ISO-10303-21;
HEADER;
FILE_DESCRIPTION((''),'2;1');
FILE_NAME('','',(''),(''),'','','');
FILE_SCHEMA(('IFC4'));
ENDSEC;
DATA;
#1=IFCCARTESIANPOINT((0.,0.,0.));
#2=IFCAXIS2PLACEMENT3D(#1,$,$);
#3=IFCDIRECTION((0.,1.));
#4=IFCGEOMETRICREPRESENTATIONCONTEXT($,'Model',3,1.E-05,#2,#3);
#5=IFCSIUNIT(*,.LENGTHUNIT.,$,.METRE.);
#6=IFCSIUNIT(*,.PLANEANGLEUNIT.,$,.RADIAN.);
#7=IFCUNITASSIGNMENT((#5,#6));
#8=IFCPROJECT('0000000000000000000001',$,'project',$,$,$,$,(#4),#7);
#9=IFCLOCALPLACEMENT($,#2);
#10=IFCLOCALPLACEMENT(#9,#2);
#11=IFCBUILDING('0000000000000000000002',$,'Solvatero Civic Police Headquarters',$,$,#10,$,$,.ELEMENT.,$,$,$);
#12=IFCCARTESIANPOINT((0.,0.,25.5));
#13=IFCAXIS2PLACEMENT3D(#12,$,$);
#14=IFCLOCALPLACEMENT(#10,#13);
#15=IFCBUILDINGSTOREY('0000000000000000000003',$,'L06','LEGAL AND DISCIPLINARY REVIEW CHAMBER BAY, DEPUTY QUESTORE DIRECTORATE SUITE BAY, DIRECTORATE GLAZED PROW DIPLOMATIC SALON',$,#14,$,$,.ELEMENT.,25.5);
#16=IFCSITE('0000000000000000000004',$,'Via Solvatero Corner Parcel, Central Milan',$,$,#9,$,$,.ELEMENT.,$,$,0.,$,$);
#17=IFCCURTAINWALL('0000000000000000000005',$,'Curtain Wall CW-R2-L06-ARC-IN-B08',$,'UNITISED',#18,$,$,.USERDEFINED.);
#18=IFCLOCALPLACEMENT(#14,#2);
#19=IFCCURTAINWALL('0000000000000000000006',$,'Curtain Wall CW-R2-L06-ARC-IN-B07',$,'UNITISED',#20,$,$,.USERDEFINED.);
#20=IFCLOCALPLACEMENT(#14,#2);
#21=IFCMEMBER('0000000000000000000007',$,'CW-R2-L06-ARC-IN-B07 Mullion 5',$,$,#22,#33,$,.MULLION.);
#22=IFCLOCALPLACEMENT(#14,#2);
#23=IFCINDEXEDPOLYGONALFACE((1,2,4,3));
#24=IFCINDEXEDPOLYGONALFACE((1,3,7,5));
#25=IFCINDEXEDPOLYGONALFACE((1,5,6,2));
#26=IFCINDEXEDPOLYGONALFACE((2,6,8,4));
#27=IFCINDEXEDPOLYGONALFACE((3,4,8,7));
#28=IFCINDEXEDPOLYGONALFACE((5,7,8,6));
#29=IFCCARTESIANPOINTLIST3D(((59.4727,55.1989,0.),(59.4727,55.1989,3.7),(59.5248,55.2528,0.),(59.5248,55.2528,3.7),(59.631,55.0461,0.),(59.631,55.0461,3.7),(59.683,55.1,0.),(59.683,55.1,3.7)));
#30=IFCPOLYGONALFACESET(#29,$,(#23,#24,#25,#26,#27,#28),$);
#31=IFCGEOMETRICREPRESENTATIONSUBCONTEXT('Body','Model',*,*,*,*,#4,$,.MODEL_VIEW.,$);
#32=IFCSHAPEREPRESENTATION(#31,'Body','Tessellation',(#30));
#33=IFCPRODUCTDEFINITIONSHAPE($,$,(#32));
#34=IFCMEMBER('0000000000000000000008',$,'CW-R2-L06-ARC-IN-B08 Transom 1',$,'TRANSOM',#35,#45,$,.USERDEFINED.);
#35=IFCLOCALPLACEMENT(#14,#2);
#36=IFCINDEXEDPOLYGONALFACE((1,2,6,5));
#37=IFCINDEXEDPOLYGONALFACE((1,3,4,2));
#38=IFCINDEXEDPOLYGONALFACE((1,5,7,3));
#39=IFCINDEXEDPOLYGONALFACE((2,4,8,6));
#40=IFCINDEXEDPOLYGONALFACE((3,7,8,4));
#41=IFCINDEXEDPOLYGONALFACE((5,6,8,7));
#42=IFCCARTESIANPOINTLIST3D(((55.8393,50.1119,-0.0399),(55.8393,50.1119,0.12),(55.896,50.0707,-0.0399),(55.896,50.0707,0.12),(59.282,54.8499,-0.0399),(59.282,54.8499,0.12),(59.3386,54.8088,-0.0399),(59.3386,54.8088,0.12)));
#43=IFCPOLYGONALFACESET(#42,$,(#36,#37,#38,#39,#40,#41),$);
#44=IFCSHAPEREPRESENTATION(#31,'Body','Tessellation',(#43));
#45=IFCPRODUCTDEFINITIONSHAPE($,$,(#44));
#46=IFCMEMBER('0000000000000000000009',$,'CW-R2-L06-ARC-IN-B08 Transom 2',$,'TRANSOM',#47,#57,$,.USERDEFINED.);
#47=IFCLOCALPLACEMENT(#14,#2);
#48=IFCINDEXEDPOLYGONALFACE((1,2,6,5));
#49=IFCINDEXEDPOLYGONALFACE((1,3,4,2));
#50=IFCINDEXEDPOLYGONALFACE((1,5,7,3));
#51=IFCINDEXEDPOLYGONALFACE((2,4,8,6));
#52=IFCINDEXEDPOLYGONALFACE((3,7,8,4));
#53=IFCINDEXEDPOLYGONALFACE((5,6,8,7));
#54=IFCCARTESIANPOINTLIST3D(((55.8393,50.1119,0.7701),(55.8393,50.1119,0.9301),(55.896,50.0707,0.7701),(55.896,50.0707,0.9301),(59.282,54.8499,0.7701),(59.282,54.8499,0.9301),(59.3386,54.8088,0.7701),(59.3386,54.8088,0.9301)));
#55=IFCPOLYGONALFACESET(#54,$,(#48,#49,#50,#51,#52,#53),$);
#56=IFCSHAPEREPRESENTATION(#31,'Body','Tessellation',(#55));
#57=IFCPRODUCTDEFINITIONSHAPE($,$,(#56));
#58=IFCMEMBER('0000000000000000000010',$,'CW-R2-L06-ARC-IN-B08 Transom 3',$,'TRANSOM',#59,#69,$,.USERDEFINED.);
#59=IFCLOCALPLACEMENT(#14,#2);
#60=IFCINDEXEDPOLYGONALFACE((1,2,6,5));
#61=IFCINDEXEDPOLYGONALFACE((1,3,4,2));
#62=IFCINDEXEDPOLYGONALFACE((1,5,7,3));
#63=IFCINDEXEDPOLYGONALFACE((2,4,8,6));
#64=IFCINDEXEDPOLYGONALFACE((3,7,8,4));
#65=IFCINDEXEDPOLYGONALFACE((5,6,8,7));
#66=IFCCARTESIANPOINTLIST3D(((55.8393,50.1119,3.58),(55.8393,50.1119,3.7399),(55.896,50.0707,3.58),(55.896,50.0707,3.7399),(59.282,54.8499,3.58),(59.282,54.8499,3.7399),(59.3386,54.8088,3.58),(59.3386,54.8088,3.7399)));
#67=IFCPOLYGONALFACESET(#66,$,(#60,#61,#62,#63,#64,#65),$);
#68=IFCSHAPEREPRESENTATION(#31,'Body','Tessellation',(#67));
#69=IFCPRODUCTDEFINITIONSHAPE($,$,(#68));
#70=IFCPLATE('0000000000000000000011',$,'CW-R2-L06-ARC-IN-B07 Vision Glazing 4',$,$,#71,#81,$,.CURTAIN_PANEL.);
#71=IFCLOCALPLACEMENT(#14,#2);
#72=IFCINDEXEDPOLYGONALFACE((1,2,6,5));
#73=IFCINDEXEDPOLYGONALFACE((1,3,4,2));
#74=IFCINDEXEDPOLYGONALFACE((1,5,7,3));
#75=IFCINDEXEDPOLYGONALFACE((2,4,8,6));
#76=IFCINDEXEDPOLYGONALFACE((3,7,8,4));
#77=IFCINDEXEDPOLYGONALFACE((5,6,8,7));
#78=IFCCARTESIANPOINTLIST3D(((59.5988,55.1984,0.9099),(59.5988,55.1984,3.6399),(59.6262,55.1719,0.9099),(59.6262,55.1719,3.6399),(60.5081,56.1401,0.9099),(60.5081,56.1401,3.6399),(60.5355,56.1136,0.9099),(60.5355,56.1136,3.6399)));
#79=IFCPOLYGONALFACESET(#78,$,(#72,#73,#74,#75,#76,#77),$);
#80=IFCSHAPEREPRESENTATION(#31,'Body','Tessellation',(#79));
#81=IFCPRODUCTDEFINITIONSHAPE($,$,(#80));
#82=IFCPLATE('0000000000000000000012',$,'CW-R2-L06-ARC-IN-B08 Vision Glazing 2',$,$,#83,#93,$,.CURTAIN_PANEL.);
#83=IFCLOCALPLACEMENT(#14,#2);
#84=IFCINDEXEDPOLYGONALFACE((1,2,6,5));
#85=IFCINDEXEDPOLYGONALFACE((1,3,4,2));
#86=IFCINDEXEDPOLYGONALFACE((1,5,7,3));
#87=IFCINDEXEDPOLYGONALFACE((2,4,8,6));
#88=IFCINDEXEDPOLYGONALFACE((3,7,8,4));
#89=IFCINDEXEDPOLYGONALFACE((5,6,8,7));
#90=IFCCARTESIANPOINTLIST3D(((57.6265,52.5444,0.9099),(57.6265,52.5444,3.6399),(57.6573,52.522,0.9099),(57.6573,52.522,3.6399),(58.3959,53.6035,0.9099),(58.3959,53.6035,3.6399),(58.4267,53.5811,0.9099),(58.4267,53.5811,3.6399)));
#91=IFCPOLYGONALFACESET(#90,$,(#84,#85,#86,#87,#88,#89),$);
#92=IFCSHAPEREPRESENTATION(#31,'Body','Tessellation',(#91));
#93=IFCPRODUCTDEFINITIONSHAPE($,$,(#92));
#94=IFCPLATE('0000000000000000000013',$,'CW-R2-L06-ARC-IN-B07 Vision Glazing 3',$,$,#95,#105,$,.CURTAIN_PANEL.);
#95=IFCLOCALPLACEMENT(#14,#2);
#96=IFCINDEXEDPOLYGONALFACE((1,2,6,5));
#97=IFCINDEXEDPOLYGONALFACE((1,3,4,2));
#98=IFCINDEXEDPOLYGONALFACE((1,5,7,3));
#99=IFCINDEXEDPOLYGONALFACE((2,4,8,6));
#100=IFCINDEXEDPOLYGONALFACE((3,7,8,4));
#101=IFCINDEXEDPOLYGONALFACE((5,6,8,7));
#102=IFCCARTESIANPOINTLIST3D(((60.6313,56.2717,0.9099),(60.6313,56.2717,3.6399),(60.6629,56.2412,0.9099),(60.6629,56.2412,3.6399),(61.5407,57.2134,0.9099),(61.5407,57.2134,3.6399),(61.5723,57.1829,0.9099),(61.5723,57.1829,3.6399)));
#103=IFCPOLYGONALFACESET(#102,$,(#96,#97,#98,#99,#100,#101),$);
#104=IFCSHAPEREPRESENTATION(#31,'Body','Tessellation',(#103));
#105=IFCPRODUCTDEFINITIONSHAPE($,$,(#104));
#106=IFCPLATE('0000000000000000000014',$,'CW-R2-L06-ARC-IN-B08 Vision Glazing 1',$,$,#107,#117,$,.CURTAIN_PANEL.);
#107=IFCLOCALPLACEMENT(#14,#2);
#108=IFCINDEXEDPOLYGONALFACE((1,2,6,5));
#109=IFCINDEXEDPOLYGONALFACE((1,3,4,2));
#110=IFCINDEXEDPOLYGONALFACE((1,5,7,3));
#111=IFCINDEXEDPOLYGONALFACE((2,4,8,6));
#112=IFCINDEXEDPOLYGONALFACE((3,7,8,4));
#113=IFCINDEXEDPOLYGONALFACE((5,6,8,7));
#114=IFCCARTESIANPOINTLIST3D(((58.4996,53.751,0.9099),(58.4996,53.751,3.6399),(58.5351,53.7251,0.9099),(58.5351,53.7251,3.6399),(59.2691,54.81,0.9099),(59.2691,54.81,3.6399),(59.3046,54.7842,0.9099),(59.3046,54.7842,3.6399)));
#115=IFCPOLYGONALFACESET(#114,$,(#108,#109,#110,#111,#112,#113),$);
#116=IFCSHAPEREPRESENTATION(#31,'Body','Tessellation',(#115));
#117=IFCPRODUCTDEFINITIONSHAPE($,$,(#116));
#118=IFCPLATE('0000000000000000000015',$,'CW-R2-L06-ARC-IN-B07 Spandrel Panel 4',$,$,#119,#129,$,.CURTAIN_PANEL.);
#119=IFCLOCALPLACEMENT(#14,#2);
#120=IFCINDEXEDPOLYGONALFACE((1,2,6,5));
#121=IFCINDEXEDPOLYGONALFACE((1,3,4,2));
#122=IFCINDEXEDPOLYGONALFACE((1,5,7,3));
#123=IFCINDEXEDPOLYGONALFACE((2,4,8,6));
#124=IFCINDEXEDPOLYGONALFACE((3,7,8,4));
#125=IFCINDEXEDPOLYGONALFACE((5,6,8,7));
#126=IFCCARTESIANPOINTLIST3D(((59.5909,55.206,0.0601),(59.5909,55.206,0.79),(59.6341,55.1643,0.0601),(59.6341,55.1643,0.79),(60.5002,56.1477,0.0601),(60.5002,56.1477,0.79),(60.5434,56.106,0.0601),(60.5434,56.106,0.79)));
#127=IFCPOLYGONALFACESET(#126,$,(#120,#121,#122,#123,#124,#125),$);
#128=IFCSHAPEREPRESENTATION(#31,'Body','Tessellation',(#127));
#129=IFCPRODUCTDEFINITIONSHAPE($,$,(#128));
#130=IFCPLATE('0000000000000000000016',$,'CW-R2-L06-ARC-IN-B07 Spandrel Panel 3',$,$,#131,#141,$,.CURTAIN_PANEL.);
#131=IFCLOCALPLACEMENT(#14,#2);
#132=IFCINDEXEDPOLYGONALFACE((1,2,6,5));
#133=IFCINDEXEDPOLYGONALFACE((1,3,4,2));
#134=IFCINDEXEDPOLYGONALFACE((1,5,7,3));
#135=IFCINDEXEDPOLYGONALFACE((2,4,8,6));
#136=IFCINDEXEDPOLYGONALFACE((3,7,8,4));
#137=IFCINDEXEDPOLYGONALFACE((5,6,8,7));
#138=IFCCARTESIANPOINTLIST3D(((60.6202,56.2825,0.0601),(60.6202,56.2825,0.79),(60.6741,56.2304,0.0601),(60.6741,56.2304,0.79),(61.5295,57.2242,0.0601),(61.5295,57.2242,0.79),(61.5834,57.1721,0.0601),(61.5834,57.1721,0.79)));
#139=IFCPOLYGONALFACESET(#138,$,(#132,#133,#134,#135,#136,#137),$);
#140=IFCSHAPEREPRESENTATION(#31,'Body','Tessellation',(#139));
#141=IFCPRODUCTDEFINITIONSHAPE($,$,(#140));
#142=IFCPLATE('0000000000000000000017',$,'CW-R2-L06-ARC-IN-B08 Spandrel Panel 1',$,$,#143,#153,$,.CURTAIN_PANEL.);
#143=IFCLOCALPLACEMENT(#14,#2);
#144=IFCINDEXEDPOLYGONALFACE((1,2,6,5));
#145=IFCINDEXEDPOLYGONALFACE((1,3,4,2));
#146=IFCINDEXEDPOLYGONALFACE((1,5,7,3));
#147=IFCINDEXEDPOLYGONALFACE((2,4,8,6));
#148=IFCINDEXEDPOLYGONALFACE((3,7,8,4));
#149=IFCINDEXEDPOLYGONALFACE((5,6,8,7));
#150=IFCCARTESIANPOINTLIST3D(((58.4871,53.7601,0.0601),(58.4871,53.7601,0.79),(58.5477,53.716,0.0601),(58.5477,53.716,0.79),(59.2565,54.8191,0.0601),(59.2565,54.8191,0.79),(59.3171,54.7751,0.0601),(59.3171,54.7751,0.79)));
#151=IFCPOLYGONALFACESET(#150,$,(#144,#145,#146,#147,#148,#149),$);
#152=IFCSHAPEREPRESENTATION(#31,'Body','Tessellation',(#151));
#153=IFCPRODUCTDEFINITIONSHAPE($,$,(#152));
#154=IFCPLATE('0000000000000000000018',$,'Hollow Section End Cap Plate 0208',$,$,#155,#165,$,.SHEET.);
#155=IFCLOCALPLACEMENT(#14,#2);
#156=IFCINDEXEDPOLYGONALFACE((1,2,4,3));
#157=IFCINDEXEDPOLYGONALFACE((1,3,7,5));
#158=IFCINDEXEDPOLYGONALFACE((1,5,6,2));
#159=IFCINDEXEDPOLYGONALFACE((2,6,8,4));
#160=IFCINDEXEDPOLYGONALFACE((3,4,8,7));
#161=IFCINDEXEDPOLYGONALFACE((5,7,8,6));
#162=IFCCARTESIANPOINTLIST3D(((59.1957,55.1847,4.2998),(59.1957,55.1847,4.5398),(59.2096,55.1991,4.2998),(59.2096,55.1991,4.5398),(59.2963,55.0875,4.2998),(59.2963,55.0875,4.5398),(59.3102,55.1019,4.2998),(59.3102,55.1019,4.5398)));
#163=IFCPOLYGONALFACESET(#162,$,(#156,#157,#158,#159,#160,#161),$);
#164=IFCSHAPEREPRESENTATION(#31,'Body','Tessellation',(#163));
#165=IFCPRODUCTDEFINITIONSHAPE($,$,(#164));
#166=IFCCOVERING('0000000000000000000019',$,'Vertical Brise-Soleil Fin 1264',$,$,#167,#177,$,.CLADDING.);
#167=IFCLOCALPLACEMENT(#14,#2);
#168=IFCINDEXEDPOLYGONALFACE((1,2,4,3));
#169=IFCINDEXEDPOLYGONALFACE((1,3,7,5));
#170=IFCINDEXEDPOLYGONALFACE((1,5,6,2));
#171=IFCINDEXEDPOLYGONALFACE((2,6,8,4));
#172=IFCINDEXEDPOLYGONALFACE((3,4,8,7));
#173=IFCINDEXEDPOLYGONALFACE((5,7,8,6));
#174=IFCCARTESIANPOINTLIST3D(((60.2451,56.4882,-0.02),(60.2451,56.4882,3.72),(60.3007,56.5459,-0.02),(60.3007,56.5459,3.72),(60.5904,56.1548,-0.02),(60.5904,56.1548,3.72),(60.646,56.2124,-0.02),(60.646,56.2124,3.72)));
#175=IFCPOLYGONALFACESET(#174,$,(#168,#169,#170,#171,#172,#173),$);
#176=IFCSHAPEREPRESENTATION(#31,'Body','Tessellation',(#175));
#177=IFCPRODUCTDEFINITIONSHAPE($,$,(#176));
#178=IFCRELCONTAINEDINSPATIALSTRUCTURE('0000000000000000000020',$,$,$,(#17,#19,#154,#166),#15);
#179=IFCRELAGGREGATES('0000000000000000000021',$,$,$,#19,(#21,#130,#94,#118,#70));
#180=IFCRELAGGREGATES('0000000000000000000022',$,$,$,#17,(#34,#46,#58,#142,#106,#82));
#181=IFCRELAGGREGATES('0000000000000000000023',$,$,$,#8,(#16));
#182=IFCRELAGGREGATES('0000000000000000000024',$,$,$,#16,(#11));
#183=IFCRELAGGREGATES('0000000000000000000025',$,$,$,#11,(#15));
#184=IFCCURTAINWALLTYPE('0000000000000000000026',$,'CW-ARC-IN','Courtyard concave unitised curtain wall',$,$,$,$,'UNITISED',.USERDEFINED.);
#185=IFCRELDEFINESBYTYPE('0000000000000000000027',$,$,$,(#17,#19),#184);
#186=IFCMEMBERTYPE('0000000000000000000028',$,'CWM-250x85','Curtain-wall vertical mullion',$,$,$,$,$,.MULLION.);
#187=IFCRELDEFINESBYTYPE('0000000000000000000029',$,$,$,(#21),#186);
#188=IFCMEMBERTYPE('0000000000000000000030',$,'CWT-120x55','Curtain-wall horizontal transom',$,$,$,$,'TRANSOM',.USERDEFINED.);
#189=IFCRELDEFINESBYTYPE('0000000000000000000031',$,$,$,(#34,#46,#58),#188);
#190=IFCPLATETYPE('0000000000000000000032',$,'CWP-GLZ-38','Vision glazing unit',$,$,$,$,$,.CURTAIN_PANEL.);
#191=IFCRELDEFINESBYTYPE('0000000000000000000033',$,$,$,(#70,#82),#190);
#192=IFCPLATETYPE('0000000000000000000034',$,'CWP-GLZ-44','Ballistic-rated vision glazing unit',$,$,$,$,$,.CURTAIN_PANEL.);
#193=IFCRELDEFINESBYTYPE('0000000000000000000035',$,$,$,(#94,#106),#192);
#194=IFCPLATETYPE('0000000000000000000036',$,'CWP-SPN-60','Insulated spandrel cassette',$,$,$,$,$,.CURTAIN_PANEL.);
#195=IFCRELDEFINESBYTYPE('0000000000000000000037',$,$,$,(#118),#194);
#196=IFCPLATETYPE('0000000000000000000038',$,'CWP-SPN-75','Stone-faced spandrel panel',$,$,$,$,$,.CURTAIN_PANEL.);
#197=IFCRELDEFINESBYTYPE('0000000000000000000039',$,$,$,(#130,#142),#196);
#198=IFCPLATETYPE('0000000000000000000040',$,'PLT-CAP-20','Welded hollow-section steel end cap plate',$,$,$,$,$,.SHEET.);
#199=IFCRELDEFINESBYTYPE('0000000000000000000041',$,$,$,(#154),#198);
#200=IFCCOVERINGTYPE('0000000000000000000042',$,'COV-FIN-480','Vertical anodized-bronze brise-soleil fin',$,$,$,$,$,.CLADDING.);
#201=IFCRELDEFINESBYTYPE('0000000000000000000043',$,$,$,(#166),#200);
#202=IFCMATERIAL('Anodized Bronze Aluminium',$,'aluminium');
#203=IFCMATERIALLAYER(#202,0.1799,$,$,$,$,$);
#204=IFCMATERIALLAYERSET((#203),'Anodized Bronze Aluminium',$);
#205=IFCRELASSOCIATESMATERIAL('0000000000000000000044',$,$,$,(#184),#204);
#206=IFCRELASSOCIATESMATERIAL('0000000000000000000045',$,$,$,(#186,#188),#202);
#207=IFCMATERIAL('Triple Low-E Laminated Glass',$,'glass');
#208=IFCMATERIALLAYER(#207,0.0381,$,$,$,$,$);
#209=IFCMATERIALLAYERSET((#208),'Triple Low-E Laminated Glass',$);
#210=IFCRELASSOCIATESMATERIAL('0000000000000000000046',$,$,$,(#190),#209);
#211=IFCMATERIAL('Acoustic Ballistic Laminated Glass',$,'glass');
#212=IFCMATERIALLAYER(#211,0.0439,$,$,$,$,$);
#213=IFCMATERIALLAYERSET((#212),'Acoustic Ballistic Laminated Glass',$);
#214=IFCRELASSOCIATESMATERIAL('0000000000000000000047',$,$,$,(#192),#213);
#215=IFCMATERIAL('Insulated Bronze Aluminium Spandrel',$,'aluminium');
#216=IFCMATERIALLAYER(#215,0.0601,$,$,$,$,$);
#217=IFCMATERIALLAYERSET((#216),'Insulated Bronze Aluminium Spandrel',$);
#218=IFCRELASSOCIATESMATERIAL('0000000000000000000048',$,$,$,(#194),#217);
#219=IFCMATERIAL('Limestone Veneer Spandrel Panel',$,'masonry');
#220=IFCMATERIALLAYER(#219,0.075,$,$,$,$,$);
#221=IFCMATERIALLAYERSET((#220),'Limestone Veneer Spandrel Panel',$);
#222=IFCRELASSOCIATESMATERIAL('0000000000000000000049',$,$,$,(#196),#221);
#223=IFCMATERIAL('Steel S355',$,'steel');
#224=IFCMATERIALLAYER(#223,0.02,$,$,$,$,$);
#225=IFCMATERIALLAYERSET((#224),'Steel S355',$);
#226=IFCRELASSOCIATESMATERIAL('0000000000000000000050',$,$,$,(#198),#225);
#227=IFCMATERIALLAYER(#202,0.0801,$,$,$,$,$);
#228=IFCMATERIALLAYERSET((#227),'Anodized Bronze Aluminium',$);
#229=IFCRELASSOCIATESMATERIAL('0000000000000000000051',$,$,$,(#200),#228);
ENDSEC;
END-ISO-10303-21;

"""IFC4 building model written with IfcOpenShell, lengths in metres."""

from ifc_helpers import new_model, si_unit, direction, frame, origin, origin_2d, place, context, subcontext, project, spatial, rectangle, extrude, material, layer, layer_set, material_profile, profile_set, type_object, element, aggregate, save


model = new_model("IFC4")

# Units and contexts
model_context = context("Model", 3, precision=1e-05, world=origin(), true_north=direction((0.0, 1.0)))
body_context = subcontext(model_context, "Body", "Model", "MODEL_VIEW")
ifc_project = project(units=[si_unit("LENGTHUNIT", "METRE"), si_unit("PLANEANGLEUNIT", "RADIAN")], contexts=[model_context])

# Site, building, storey
site_placement = place(None, origin())
site = spatial("IfcSite", under=ifc_project, at=site_placement, Name="Via Solvatero Corner Parcel, Central Milan", CompositionType="ELEMENT", RefElevation=0.0)
building_placement = place(site_placement, origin())
building = spatial("IfcBuilding", under=site, at=building_placement, Name="Solvatero Civic Police Headquarters", CompositionType="ELEMENT")
storey_placement = place(building_placement, frame((0.0, 0.0, 25.5)))
storey = spatial("IfcBuildingStorey", under=building, at=storey_placement, Name="L06", Description="LEGAL AND DISCIPLINARY REVIEW CHAMBER BAY, DEPUTY QUESTORE DIRECTORATE SUITE BAY, DIRECTORATE GLAZED PROW DIPLOMATIC SALON", CompositionType="ELEMENT", Elevation=25.5)

# Shared definitions
ifc_material_1 = material(Name="Steel S355", Category="steel")

# Curtain walls, member
ifc_material_2 = material(Name="Anodized Bronze Aluminium", Category="aluminium")
ifc_layer_1 = layer(ifc_material_2, 0.1799)
ifc_layer_set_1 = layer_set([ifc_layer_1], Name="Anodized Bronze Aluminium")
curtain_wall_type = type_object("IfcCurtainWallType", Name="CW-ARC-IN", Description="Courtyard concave unitised curtain wall", ElementType="UNITISED", PredefinedType="USERDEFINED", material=ifc_layer_set_1)
curtain_wall_1_placement = place(storey_placement, origin())
curtain_wall_1 = element("IfcCurtainWall", 1, at=curtain_wall_1_placement, inside=storey, type_object=curtain_wall_type, Name="Curtain Wall CW-R2-L06-ARC-IN-B08", ObjectType="UNITISED", PredefinedType="USERDEFINED")
curtain_wall_2_placement = place(storey_placement, origin())
curtain_wall_2 = element("IfcCurtainWall", 2, at=curtain_wall_2_placement, inside=storey, type_object=curtain_wall_type, Name="Curtain Wall CW-R2-L06-ARC-IN-B07", ObjectType="UNITISED", PredefinedType="USERDEFINED")
ifc_material_profile_1 = material_profile(ifc_material_2, rectangle(XDim=0.075, YDim=0.22, at=origin_2d()), Name="ALU MULLION 75x220")
ifc_profile_set_1 = profile_set([ifc_material_profile_1], Name="Anodized Bronze Aluminium")
member_type_1 = type_object("IfcMemberType", Name="CWM-250x85", Description="Curtain-wall vertical mullion", PredefinedType="MULLION", material=ifc_profile_set_1)
member_1_placement = place(storey_placement, frame((59.5779, 55.1494, 0.0), z_axis=(0.0, 0.0, 1.0), x_axis=(-0.694646, -0.719352, 0.0)))
member_1 = element("IfcMember", 3, at=member_1_placement, type_object=member_type_1, Name="CW-R2-L06-ARC-IN-B07 Mullion 5", PredefinedType="MULLION", context=body_context, shape_type="SweptSolid", body=[
    extrude(rectangle(XDim=0.075, YDim=0.22, at=origin_2d()), origin(), (0.0, 0.0, 1.0), 3.7),
])

# Members
ifc_material_profile_2 = material_profile(ifc_material_2, rectangle(XDim=0.0701, YDim=0.1599, at=origin_2d()), Name="ALU TRANSOM 70x160")
ifc_profile_set_2 = profile_set([ifc_material_profile_2], Name="Anodized Bronze Aluminium")
member_type_2 = type_object("IfcMemberType", Name="CWT-120x55", Description="Curtain-wall horizontal transom", ElementType="TRANSOM", PredefinedType="USERDEFINED", material=ifc_profile_set_2)
member_2_placement = place(storey_placement, frame((59.3103, 54.8293, 0.04), z_axis=(-0.587812, -0.808997, 0.0), x_axis=(0.808997, -0.587812, 0.0)))
member_2 = element("IfcMember", 4, at=member_2_placement, type_object=member_type_2, Name="CW-R2-L06-ARC-IN-B08 Transom 1", ObjectType="TRANSOM", PredefinedType="USERDEFINED", context=body_context, shape_type="SweptSolid", body=[
    extrude(rectangle(XDim=0.0701, YDim=0.1599, at=origin_2d()), origin(), (0.0, 0.0, 1.0), 5.8567),
])
member_3_placement = place(storey_placement, frame((59.3103, 54.8293, 0.8501), z_axis=(-0.587812, -0.808997, 0.0), x_axis=(0.808997, -0.587812, 0.0)))
member_3 = element("IfcMember", 5, at=member_3_placement, type_object=member_type_2, Name="CW-R2-L06-ARC-IN-B08 Transom 2", ObjectType="TRANSOM", PredefinedType="USERDEFINED", context=body_context, shape_type="SweptSolid", body=[
    extrude(rectangle(XDim=0.0701, YDim=0.1599, at=origin_2d()), origin(), (0.0, 0.0, 1.0), 5.8567),
])
member_4_placement = place(storey_placement, frame((59.3103, 54.8293, 3.6599), z_axis=(-0.587812, -0.808997, 0.0), x_axis=(0.808997, -0.587812, 0.0)))
member_4 = element("IfcMember", 6, at=member_4_placement, type_object=member_type_2, Name="CW-R2-L06-ARC-IN-B08 Transom 3", ObjectType="TRANSOM", PredefinedType="USERDEFINED", context=body_context, shape_type="SweptSolid", body=[
    extrude(rectangle(XDim=0.0701, YDim=0.1599, at=origin_2d()), origin(), (0.0, 0.0, 1.0), 5.8567),
])

# Plates
ifc_material_3 = material(Name="Triple Low-E Laminated Glass", Category="glass")
ifc_layer_2 = layer(ifc_material_3, 0.0381)
ifc_layer_set_2 = layer_set([ifc_layer_2], Name="Triple Low-E Laminated Glass")
plate_type_1 = type_object("IfcPlateType", Name="CWP-GLZ-38", Description="Vision glazing unit", PredefinedType="CURTAIN_PANEL", material=ifc_layer_set_2)
plate_1_placement = place(storey_placement, frame((60.0671, 55.656, 0.9099), z_axis=(0.0, 0.0, 1.0), x_axis=(-0.694646, -0.719352, 0.0)))
plate_1 = element("IfcPlate", 7, at=plate_1_placement, type_object=plate_type_1, Name="CW-R2-L06-ARC-IN-B07 Vision Glazing 4", PredefinedType="CURTAIN_PANEL", context=body_context, shape_type="SweptSolid", body=[
    extrude(rectangle(XDim=1.3091, YDim=0.0381, at=origin_2d()), origin(), (0.0, 0.0, 1.0), 2.73),
])
plate_2_placement = place(storey_placement, frame((58.0266, 53.0627, 0.9099), z_axis=(0.0, 0.0, 1.0), x_axis=(-0.587785, -0.809017, 0.0)))
plate_2 = element("IfcPlate", 8, at=plate_2_placement, type_object=plate_type_1, Name="CW-R2-L06-ARC-IN-B08 Vision Glazing 2", PredefinedType="CURTAIN_PANEL", context=body_context, shape_type="SweptSolid", body=[
    extrude(rectangle(XDim=1.3091, YDim=0.0381, at=origin_2d()), origin(), (0.0, 0.0, 1.0), 2.73),
])
ifc_material_4 = material(Name="Acoustic Ballistic Laminated Glass", Category="glass")
ifc_layer_3 = layer(ifc_material_4, 0.0439)
ifc_layer_set_3 = layer_set([ifc_layer_3], Name="Acoustic Ballistic Laminated Glass")
plate_type_2 = type_object("IfcPlateType", Name="CWP-GLZ-44", Description="Ballistic-rated vision glazing unit", PredefinedType="CURTAIN_PANEL", material=ifc_layer_set_3)
plate_3_placement = place(storey_placement, frame((61.1018, 56.7273, 0.9099), z_axis=(0.0, 0.0, 1.0), x_axis=(-0.694646, -0.719352, 0.0)))
plate_3 = element("IfcPlate", 9, at=plate_3_placement, type_object=plate_type_2, Name="CW-R2-L06-ARC-IN-B07 Vision Glazing 3", PredefinedType="CURTAIN_PANEL", context=body_context, shape_type="SweptSolid", body=[
    extrude(rectangle(XDim=1.3091, YDim=0.0439, at=origin_2d()), origin(), (0.0, 0.0, 1.0), 2.73),
])
plate_4_placement = place(storey_placement, frame((58.9021, 54.2676, 0.9099), z_axis=(0.0, 0.0, 1.0), x_axis=(-0.587785, -0.809017, 0.0)))
plate_4 = element("IfcPlate", 10, at=plate_4_placement, type_object=plate_type_2, Name="CW-R2-L06-ARC-IN-B08 Vision Glazing 1", PredefinedType="CURTAIN_PANEL", context=body_context, shape_type="SweptSolid", body=[
    extrude(rectangle(XDim=1.3091, YDim=0.0439, at=origin_2d()), origin(), (0.0, 0.0, 1.0), 2.73),
])
ifc_material_5 = material(Name="Insulated Bronze Aluminium Spandrel", Category="aluminium")
ifc_layer_4 = layer(ifc_material_5, 0.0601)
ifc_layer_set_4 = layer_set([ifc_layer_4], Name="Insulated Bronze Aluminium Spandrel")
plate_type_3 = type_object("IfcPlateType", Name="CWP-SPN-60", Description="Insulated spandrel cassette", PredefinedType="CURTAIN_PANEL", material=ifc_layer_set_4)
plate_5_placement = place(storey_placement, frame((60.0671, 55.656, 0.0601), z_axis=(0.0, 0.0, 1.0), x_axis=(-0.694646, -0.719352, 0.0)))
plate_5 = element("IfcPlate", 11, at=plate_5_placement, type_object=plate_type_3, Name="CW-R2-L06-ARC-IN-B07 Spandrel Panel 4", PredefinedType="CURTAIN_PANEL", context=body_context, shape_type="SweptSolid", body=[
    extrude(rectangle(XDim=1.3091, YDim=0.0601, at=origin_2d()), origin(), (0.0, 0.0, 1.0), 0.73),
])
ifc_material_6 = material(Name="Limestone Veneer Spandrel Panel", Category="masonry")
ifc_layer_5 = layer(ifc_material_6, 0.075)
ifc_layer_set_5 = layer_set([ifc_layer_5], Name="Limestone Veneer Spandrel Panel")
plate_type_4 = type_object("IfcPlateType", Name="CWP-SPN-75", Description="Stone-faced spandrel panel", PredefinedType="CURTAIN_PANEL", material=ifc_layer_set_5)
plate_6_placement = place(storey_placement, frame((61.1018, 56.7273, 0.0601), z_axis=(0.0, 0.0, 1.0), x_axis=(-0.694646, -0.719352, 0.0)))
plate_6 = element("IfcPlate", 12, at=plate_6_placement, type_object=plate_type_4, Name="CW-R2-L06-ARC-IN-B07 Spandrel Panel 3", PredefinedType="CURTAIN_PANEL", context=body_context, shape_type="SweptSolid", body=[
    extrude(rectangle(XDim=1.3091, YDim=0.075, at=origin_2d()), origin(), (0.0, 0.0, 1.0), 0.73),
])
aggregate(curtain_wall_2, [member_1, plate_6, plate_3, plate_5, plate_1])
plate_7_placement = place(storey_placement, frame((58.9021, 54.2676, 0.0601), z_axis=(0.0, 0.0, 1.0), x_axis=(-0.587785, -0.809017, 0.0)))
plate_7 = element("IfcPlate", 13, at=plate_7_placement, type_object=plate_type_4, Name="CW-R2-L06-ARC-IN-B08 Spandrel Panel 1", PredefinedType="CURTAIN_PANEL", context=body_context, shape_type="SweptSolid", body=[
    extrude(rectangle(XDim=1.3091, YDim=0.075, at=origin_2d()), origin(), (0.0, 0.0, 1.0), 0.73),
])
aggregate(curtain_wall_1, [member_2, member_3, member_4, plate_7, plate_4, plate_2])
ifc_layer_6 = layer(ifc_material_1, 0.02)
ifc_layer_set_6 = layer_set([ifc_layer_6], Name="Steel S355")
plate_type_5 = type_object("IfcPlateType", Name="PLT-CAP-20", Description="Welded hollow-section steel end cap plate", PredefinedType="SHEET", material=ifc_layer_set_6)
plate_8_placement = place(storey_placement, frame((59.2529, 55.1433, 4.2998), z_axis=(0.0, 0.0, 1.0), x_axis=(-0.694658, -0.71934, 0.0)))
element("IfcPlate", 14, at=plate_8_placement, inside=storey, type_object=plate_type_5, Name="Hollow Section End Cap Plate 0208", PredefinedType="SHEET", context=body_context, shape_type="SweptSolid", body=[
    extrude(rectangle(XDim=0.02, YDim=0.1399, at=origin_2d()), origin(), (0.0, 0.0, 1.0), 0.24),
])

# Covering
ifc_layer_7 = layer(ifc_material_2, 0.0801)
ifc_layer_set_7 = layer_set([ifc_layer_7], Name="Anodized Bronze Aluminium")
covering_type = type_object("IfcCoveringType", Name="COV-FIN-480", Description="Vertical anodized-bronze brise-soleil fin", PredefinedType="CLADDING", material=ifc_layer_set_7)
for number, where, z_axis, x_axis, name in (
    (15, (60.4456, 56.3503, -0.02), (0.0, 0.0, 1.0), (-0.694646, -0.719352, 0.0), "Vertical Brise-Soleil Fin 1264"),
):
    element("IfcCovering", number, at=place(storey_placement, frame(where, z_axis=z_axis, x_axis=x_axis)), inside=storey, type_object=covering_type, Name=name, PredefinedType="CLADDING", context=body_context, shape_type="SweptSolid", body=[
        extrude(rectangle(XDim=0.0801, YDim=0.48, at=origin_2d()), origin(), (0.0, 0.0, 1.0), 3.74),
    ])

save(model, "model.ifc")
